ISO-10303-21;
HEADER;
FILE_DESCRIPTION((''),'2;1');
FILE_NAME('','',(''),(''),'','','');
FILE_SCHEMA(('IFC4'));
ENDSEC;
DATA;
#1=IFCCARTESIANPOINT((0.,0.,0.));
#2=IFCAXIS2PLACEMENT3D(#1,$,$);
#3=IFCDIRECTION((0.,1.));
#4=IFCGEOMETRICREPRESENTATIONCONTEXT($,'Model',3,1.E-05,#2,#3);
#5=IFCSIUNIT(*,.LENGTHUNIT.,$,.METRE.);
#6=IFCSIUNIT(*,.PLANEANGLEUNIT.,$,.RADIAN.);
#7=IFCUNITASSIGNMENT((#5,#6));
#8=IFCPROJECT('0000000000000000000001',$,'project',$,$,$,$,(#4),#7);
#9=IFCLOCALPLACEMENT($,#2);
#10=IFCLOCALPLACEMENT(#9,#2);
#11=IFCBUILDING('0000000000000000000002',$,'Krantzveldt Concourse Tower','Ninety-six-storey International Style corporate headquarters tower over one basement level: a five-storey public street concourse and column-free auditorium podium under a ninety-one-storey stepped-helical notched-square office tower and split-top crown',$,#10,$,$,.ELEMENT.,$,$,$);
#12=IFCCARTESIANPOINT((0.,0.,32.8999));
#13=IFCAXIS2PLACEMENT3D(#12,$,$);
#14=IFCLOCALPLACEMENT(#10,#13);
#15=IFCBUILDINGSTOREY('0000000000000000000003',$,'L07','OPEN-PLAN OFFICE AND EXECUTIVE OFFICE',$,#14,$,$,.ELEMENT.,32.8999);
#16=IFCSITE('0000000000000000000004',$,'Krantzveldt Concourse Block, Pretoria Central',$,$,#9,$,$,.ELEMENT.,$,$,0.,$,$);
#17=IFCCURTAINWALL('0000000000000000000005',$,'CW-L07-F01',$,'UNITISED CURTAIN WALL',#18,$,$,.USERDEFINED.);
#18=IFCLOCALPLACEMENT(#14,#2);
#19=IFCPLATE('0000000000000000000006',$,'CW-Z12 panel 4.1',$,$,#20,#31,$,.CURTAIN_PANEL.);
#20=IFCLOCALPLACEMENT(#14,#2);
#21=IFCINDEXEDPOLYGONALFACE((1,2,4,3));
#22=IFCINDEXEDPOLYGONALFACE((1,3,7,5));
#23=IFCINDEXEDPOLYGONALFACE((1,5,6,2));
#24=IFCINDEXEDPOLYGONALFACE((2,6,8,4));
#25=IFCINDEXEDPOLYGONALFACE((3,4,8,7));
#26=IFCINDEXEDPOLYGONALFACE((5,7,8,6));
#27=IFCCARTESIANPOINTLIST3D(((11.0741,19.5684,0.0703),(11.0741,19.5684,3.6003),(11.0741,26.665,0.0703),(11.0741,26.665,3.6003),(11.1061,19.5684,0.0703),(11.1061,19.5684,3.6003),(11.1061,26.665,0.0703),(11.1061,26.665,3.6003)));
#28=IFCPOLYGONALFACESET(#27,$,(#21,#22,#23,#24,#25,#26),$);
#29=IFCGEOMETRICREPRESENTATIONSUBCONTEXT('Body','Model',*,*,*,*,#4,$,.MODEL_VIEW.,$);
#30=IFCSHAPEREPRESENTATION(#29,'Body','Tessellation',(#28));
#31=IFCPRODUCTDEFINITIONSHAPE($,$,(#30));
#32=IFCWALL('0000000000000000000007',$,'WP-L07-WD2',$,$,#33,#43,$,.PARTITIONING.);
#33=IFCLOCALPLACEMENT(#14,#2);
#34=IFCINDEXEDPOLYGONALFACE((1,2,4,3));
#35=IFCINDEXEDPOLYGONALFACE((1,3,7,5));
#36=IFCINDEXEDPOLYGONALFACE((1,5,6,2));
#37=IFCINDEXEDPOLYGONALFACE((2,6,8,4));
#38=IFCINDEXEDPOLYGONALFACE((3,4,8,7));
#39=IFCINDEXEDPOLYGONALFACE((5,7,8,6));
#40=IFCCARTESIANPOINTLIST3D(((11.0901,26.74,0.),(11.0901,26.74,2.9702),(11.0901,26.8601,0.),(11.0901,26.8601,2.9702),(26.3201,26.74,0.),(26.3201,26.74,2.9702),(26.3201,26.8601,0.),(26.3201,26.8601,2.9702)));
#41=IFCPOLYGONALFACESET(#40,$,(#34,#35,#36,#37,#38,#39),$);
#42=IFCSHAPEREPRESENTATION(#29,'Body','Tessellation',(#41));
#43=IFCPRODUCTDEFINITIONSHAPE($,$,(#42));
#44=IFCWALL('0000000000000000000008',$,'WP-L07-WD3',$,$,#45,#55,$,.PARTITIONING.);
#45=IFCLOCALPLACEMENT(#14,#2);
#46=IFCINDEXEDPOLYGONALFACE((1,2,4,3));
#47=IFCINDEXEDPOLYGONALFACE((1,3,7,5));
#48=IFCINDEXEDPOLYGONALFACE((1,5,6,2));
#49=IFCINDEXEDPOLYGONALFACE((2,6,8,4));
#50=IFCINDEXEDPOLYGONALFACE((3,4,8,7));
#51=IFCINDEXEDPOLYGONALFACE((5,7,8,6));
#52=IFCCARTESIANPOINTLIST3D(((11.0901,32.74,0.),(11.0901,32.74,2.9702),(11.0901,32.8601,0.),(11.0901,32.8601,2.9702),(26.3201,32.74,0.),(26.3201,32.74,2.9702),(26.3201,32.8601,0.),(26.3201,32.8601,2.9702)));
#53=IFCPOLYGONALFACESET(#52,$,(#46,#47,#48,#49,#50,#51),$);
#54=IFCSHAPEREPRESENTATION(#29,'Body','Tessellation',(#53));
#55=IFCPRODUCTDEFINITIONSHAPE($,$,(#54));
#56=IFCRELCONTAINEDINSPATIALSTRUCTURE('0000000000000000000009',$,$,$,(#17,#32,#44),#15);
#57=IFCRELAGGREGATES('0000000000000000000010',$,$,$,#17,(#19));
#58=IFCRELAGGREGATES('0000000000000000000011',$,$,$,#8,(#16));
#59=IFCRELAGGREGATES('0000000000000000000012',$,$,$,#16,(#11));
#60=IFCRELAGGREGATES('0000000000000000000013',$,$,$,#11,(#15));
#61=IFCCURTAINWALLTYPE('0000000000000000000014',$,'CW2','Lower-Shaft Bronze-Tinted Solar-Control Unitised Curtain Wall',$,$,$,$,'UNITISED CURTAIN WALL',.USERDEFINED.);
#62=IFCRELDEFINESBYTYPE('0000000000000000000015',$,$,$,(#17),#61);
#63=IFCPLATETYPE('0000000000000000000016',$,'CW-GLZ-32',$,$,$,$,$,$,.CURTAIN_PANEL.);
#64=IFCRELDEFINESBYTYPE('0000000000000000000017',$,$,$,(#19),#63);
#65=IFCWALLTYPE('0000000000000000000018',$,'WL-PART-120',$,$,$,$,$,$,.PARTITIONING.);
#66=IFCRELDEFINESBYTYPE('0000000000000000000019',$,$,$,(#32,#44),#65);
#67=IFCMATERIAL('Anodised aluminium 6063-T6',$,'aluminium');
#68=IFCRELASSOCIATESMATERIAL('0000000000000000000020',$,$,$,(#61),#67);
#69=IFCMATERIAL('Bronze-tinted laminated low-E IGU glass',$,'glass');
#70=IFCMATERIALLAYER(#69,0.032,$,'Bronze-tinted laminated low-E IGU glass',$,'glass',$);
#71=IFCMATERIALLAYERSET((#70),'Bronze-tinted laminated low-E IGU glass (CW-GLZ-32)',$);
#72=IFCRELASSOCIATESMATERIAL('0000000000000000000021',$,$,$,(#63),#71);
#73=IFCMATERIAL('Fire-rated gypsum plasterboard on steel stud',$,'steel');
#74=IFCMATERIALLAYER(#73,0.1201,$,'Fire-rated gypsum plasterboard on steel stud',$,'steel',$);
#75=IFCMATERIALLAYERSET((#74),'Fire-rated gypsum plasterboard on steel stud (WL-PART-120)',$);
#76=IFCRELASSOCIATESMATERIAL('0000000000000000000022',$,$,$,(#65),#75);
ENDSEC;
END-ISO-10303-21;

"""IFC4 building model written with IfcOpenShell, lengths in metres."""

from ifc_helpers import new_model, si_unit, direction, frame, frame_2d, origin, origin_2d, place, context, subcontext, project, spatial, rectangle, extrude, source, transform, mapped, material, layer, layer_set, type_object, type_shapes, element, aggregate, save


model = new_model("IFC4")

# Units and contexts
model_context = context("Model", 3, precision=1e-05, world=origin(), true_north=direction((0.0, 1.0)))
body_context = subcontext(model_context, "Body", "Model", "MODEL_VIEW")
ifc_project = project(units=[si_unit("LENGTHUNIT", "METRE"), si_unit("PLANEANGLEUNIT", "RADIAN")], contexts=[model_context])

# Site, building, storey
site_placement = place(None, origin())
site = spatial("IfcSite", under=ifc_project, at=site_placement, Name="Krantzveldt Concourse Block, Pretoria Central", CompositionType="ELEMENT", RefElevation=0.0)
building_placement = place(site_placement, origin())
building = spatial("IfcBuilding", under=site, at=building_placement, Name="Krantzveldt Concourse Tower", Description="Ninety-six-storey International Style corporate headquarters tower over one basement level: a five-storey public street concourse and column-free auditorium podium under a ninety-one-storey stepped-helical notched-square office tower and split-top crown", CompositionType="ELEMENT")
storey_placement = place(building_placement, frame((0.0, 0.0, 32.8999)))
storey = spatial("IfcBuildingStorey", under=building, at=storey_placement, Name="L07", Description="OPEN-PLAN OFFICE AND EXECUTIVE OFFICE", CompositionType="ELEMENT", Elevation=32.8999)

# Curtain wall, plate
ifc_material_1 = material(Name="Anodised aluminium 6063-T6", Category="aluminium")
curtain_wall_type = type_object("IfcCurtainWallType", Name="CW2", Description="Lower-Shaft Bronze-Tinted Solar-Control Unitised Curtain Wall", ElementType="UNITISED CURTAIN WALL", PredefinedType="USERDEFINED", material=ifc_material_1)
curtain_wall_placement = place(storey_placement, origin())
curtain_wall = element("IfcCurtainWall", 1, at=curtain_wall_placement, inside=storey, type_object=curtain_wall_type, Name="CW-L07-F01", ObjectType="UNITISED CURTAIN WALL", PredefinedType="USERDEFINED")
ifc_material_2 = material(Name="Bronze-tinted laminated low-E IGU glass", Category="glass")
ifc_layer_1 = layer(ifc_material_2, 0.032, Name="Bronze-tinted laminated low-E IGU glass", Category="glass")
ifc_layer_set_1 = layer_set([ifc_layer_1], Name="Bronze-tinted laminated low-E IGU glass (CW-GLZ-32)")
plate_type = type_object("IfcPlateType", Name="CW-GLZ-32", PredefinedType="CURTAIN_PANEL", material=ifc_layer_set_1)
shared_shape_1 = source(origin(), body_context, "Body", "SweptSolid", [
    extrude(rectangle(XDim=7.0967, YDim=0.032, at=origin_2d()), origin(), (0.0, 0.0, 1.0), 3.53),
])
type_shapes(plate_type, [shared_shape_1])
plate_1_placement = place(storey_placement, frame((11.0901, 23.1167, 0.0703), z_axis=(0.0, 0.0, 1.0), x_axis=(0.0, -1.0, 0.0)))
plate_1 = element("IfcPlate", 2, at=plate_1_placement, type_object=plate_type, Name="CW-Z12 panel 4.1", PredefinedType="CURTAIN_PANEL", context=body_context, shape_type="MappedRepresentation", body=[
    mapped(shared_shape_1, transform((0.0, 0.0, 0.0), x_axis=(1.0, 0.0, 0.0), y_axis=(0.0, 1.0, 0.0), z_axis=(0.0, 0.0, 1.0), scale=1.0)),
])
aggregate(curtain_wall, [plate_1])

# Walls
ifc_material_3 = material(Name="Fire-rated gypsum plasterboard on steel stud", Category="steel")
ifc_layer_2 = layer(ifc_material_3, 0.1201, Name="Fire-rated gypsum plasterboard on steel stud", Category="steel")
ifc_layer_set_2 = layer_set([ifc_layer_2], Name="Fire-rated gypsum plasterboard on steel stud (WL-PART-120)")
wall_type = type_object("IfcWallType", Name="WL-PART-120", PredefinedType="PARTITIONING", material=ifc_layer_set_2)
for number, where, z_axis, x_axis, name in (
    (3, (11.0901, 26.8, 0.0), (0.0, 0.0, 1.0), (1.0, 0.0, 0.0), "WP-L07-WD2"),
    (4, (11.0901, 32.8, 0.0), (0.0, 0.0, 1.0), (1.0, 0.0, 0.0), "WP-L07-WD3"),
):
    element("IfcWall", number, at=place(storey_placement, frame(where, z_axis=z_axis, x_axis=x_axis)), inside=storey, type_object=wall_type, Name=name, PredefinedType="PARTITIONING", context=body_context, shape_type="SweptSolid", body=[
        extrude(rectangle(XDim=15.23, YDim=0.1201, at=frame_2d((7.615, 0.0))), origin(), (0.0, 0.0, 1.0), 2.9702),
    ])

save(model, "model.ifc")
